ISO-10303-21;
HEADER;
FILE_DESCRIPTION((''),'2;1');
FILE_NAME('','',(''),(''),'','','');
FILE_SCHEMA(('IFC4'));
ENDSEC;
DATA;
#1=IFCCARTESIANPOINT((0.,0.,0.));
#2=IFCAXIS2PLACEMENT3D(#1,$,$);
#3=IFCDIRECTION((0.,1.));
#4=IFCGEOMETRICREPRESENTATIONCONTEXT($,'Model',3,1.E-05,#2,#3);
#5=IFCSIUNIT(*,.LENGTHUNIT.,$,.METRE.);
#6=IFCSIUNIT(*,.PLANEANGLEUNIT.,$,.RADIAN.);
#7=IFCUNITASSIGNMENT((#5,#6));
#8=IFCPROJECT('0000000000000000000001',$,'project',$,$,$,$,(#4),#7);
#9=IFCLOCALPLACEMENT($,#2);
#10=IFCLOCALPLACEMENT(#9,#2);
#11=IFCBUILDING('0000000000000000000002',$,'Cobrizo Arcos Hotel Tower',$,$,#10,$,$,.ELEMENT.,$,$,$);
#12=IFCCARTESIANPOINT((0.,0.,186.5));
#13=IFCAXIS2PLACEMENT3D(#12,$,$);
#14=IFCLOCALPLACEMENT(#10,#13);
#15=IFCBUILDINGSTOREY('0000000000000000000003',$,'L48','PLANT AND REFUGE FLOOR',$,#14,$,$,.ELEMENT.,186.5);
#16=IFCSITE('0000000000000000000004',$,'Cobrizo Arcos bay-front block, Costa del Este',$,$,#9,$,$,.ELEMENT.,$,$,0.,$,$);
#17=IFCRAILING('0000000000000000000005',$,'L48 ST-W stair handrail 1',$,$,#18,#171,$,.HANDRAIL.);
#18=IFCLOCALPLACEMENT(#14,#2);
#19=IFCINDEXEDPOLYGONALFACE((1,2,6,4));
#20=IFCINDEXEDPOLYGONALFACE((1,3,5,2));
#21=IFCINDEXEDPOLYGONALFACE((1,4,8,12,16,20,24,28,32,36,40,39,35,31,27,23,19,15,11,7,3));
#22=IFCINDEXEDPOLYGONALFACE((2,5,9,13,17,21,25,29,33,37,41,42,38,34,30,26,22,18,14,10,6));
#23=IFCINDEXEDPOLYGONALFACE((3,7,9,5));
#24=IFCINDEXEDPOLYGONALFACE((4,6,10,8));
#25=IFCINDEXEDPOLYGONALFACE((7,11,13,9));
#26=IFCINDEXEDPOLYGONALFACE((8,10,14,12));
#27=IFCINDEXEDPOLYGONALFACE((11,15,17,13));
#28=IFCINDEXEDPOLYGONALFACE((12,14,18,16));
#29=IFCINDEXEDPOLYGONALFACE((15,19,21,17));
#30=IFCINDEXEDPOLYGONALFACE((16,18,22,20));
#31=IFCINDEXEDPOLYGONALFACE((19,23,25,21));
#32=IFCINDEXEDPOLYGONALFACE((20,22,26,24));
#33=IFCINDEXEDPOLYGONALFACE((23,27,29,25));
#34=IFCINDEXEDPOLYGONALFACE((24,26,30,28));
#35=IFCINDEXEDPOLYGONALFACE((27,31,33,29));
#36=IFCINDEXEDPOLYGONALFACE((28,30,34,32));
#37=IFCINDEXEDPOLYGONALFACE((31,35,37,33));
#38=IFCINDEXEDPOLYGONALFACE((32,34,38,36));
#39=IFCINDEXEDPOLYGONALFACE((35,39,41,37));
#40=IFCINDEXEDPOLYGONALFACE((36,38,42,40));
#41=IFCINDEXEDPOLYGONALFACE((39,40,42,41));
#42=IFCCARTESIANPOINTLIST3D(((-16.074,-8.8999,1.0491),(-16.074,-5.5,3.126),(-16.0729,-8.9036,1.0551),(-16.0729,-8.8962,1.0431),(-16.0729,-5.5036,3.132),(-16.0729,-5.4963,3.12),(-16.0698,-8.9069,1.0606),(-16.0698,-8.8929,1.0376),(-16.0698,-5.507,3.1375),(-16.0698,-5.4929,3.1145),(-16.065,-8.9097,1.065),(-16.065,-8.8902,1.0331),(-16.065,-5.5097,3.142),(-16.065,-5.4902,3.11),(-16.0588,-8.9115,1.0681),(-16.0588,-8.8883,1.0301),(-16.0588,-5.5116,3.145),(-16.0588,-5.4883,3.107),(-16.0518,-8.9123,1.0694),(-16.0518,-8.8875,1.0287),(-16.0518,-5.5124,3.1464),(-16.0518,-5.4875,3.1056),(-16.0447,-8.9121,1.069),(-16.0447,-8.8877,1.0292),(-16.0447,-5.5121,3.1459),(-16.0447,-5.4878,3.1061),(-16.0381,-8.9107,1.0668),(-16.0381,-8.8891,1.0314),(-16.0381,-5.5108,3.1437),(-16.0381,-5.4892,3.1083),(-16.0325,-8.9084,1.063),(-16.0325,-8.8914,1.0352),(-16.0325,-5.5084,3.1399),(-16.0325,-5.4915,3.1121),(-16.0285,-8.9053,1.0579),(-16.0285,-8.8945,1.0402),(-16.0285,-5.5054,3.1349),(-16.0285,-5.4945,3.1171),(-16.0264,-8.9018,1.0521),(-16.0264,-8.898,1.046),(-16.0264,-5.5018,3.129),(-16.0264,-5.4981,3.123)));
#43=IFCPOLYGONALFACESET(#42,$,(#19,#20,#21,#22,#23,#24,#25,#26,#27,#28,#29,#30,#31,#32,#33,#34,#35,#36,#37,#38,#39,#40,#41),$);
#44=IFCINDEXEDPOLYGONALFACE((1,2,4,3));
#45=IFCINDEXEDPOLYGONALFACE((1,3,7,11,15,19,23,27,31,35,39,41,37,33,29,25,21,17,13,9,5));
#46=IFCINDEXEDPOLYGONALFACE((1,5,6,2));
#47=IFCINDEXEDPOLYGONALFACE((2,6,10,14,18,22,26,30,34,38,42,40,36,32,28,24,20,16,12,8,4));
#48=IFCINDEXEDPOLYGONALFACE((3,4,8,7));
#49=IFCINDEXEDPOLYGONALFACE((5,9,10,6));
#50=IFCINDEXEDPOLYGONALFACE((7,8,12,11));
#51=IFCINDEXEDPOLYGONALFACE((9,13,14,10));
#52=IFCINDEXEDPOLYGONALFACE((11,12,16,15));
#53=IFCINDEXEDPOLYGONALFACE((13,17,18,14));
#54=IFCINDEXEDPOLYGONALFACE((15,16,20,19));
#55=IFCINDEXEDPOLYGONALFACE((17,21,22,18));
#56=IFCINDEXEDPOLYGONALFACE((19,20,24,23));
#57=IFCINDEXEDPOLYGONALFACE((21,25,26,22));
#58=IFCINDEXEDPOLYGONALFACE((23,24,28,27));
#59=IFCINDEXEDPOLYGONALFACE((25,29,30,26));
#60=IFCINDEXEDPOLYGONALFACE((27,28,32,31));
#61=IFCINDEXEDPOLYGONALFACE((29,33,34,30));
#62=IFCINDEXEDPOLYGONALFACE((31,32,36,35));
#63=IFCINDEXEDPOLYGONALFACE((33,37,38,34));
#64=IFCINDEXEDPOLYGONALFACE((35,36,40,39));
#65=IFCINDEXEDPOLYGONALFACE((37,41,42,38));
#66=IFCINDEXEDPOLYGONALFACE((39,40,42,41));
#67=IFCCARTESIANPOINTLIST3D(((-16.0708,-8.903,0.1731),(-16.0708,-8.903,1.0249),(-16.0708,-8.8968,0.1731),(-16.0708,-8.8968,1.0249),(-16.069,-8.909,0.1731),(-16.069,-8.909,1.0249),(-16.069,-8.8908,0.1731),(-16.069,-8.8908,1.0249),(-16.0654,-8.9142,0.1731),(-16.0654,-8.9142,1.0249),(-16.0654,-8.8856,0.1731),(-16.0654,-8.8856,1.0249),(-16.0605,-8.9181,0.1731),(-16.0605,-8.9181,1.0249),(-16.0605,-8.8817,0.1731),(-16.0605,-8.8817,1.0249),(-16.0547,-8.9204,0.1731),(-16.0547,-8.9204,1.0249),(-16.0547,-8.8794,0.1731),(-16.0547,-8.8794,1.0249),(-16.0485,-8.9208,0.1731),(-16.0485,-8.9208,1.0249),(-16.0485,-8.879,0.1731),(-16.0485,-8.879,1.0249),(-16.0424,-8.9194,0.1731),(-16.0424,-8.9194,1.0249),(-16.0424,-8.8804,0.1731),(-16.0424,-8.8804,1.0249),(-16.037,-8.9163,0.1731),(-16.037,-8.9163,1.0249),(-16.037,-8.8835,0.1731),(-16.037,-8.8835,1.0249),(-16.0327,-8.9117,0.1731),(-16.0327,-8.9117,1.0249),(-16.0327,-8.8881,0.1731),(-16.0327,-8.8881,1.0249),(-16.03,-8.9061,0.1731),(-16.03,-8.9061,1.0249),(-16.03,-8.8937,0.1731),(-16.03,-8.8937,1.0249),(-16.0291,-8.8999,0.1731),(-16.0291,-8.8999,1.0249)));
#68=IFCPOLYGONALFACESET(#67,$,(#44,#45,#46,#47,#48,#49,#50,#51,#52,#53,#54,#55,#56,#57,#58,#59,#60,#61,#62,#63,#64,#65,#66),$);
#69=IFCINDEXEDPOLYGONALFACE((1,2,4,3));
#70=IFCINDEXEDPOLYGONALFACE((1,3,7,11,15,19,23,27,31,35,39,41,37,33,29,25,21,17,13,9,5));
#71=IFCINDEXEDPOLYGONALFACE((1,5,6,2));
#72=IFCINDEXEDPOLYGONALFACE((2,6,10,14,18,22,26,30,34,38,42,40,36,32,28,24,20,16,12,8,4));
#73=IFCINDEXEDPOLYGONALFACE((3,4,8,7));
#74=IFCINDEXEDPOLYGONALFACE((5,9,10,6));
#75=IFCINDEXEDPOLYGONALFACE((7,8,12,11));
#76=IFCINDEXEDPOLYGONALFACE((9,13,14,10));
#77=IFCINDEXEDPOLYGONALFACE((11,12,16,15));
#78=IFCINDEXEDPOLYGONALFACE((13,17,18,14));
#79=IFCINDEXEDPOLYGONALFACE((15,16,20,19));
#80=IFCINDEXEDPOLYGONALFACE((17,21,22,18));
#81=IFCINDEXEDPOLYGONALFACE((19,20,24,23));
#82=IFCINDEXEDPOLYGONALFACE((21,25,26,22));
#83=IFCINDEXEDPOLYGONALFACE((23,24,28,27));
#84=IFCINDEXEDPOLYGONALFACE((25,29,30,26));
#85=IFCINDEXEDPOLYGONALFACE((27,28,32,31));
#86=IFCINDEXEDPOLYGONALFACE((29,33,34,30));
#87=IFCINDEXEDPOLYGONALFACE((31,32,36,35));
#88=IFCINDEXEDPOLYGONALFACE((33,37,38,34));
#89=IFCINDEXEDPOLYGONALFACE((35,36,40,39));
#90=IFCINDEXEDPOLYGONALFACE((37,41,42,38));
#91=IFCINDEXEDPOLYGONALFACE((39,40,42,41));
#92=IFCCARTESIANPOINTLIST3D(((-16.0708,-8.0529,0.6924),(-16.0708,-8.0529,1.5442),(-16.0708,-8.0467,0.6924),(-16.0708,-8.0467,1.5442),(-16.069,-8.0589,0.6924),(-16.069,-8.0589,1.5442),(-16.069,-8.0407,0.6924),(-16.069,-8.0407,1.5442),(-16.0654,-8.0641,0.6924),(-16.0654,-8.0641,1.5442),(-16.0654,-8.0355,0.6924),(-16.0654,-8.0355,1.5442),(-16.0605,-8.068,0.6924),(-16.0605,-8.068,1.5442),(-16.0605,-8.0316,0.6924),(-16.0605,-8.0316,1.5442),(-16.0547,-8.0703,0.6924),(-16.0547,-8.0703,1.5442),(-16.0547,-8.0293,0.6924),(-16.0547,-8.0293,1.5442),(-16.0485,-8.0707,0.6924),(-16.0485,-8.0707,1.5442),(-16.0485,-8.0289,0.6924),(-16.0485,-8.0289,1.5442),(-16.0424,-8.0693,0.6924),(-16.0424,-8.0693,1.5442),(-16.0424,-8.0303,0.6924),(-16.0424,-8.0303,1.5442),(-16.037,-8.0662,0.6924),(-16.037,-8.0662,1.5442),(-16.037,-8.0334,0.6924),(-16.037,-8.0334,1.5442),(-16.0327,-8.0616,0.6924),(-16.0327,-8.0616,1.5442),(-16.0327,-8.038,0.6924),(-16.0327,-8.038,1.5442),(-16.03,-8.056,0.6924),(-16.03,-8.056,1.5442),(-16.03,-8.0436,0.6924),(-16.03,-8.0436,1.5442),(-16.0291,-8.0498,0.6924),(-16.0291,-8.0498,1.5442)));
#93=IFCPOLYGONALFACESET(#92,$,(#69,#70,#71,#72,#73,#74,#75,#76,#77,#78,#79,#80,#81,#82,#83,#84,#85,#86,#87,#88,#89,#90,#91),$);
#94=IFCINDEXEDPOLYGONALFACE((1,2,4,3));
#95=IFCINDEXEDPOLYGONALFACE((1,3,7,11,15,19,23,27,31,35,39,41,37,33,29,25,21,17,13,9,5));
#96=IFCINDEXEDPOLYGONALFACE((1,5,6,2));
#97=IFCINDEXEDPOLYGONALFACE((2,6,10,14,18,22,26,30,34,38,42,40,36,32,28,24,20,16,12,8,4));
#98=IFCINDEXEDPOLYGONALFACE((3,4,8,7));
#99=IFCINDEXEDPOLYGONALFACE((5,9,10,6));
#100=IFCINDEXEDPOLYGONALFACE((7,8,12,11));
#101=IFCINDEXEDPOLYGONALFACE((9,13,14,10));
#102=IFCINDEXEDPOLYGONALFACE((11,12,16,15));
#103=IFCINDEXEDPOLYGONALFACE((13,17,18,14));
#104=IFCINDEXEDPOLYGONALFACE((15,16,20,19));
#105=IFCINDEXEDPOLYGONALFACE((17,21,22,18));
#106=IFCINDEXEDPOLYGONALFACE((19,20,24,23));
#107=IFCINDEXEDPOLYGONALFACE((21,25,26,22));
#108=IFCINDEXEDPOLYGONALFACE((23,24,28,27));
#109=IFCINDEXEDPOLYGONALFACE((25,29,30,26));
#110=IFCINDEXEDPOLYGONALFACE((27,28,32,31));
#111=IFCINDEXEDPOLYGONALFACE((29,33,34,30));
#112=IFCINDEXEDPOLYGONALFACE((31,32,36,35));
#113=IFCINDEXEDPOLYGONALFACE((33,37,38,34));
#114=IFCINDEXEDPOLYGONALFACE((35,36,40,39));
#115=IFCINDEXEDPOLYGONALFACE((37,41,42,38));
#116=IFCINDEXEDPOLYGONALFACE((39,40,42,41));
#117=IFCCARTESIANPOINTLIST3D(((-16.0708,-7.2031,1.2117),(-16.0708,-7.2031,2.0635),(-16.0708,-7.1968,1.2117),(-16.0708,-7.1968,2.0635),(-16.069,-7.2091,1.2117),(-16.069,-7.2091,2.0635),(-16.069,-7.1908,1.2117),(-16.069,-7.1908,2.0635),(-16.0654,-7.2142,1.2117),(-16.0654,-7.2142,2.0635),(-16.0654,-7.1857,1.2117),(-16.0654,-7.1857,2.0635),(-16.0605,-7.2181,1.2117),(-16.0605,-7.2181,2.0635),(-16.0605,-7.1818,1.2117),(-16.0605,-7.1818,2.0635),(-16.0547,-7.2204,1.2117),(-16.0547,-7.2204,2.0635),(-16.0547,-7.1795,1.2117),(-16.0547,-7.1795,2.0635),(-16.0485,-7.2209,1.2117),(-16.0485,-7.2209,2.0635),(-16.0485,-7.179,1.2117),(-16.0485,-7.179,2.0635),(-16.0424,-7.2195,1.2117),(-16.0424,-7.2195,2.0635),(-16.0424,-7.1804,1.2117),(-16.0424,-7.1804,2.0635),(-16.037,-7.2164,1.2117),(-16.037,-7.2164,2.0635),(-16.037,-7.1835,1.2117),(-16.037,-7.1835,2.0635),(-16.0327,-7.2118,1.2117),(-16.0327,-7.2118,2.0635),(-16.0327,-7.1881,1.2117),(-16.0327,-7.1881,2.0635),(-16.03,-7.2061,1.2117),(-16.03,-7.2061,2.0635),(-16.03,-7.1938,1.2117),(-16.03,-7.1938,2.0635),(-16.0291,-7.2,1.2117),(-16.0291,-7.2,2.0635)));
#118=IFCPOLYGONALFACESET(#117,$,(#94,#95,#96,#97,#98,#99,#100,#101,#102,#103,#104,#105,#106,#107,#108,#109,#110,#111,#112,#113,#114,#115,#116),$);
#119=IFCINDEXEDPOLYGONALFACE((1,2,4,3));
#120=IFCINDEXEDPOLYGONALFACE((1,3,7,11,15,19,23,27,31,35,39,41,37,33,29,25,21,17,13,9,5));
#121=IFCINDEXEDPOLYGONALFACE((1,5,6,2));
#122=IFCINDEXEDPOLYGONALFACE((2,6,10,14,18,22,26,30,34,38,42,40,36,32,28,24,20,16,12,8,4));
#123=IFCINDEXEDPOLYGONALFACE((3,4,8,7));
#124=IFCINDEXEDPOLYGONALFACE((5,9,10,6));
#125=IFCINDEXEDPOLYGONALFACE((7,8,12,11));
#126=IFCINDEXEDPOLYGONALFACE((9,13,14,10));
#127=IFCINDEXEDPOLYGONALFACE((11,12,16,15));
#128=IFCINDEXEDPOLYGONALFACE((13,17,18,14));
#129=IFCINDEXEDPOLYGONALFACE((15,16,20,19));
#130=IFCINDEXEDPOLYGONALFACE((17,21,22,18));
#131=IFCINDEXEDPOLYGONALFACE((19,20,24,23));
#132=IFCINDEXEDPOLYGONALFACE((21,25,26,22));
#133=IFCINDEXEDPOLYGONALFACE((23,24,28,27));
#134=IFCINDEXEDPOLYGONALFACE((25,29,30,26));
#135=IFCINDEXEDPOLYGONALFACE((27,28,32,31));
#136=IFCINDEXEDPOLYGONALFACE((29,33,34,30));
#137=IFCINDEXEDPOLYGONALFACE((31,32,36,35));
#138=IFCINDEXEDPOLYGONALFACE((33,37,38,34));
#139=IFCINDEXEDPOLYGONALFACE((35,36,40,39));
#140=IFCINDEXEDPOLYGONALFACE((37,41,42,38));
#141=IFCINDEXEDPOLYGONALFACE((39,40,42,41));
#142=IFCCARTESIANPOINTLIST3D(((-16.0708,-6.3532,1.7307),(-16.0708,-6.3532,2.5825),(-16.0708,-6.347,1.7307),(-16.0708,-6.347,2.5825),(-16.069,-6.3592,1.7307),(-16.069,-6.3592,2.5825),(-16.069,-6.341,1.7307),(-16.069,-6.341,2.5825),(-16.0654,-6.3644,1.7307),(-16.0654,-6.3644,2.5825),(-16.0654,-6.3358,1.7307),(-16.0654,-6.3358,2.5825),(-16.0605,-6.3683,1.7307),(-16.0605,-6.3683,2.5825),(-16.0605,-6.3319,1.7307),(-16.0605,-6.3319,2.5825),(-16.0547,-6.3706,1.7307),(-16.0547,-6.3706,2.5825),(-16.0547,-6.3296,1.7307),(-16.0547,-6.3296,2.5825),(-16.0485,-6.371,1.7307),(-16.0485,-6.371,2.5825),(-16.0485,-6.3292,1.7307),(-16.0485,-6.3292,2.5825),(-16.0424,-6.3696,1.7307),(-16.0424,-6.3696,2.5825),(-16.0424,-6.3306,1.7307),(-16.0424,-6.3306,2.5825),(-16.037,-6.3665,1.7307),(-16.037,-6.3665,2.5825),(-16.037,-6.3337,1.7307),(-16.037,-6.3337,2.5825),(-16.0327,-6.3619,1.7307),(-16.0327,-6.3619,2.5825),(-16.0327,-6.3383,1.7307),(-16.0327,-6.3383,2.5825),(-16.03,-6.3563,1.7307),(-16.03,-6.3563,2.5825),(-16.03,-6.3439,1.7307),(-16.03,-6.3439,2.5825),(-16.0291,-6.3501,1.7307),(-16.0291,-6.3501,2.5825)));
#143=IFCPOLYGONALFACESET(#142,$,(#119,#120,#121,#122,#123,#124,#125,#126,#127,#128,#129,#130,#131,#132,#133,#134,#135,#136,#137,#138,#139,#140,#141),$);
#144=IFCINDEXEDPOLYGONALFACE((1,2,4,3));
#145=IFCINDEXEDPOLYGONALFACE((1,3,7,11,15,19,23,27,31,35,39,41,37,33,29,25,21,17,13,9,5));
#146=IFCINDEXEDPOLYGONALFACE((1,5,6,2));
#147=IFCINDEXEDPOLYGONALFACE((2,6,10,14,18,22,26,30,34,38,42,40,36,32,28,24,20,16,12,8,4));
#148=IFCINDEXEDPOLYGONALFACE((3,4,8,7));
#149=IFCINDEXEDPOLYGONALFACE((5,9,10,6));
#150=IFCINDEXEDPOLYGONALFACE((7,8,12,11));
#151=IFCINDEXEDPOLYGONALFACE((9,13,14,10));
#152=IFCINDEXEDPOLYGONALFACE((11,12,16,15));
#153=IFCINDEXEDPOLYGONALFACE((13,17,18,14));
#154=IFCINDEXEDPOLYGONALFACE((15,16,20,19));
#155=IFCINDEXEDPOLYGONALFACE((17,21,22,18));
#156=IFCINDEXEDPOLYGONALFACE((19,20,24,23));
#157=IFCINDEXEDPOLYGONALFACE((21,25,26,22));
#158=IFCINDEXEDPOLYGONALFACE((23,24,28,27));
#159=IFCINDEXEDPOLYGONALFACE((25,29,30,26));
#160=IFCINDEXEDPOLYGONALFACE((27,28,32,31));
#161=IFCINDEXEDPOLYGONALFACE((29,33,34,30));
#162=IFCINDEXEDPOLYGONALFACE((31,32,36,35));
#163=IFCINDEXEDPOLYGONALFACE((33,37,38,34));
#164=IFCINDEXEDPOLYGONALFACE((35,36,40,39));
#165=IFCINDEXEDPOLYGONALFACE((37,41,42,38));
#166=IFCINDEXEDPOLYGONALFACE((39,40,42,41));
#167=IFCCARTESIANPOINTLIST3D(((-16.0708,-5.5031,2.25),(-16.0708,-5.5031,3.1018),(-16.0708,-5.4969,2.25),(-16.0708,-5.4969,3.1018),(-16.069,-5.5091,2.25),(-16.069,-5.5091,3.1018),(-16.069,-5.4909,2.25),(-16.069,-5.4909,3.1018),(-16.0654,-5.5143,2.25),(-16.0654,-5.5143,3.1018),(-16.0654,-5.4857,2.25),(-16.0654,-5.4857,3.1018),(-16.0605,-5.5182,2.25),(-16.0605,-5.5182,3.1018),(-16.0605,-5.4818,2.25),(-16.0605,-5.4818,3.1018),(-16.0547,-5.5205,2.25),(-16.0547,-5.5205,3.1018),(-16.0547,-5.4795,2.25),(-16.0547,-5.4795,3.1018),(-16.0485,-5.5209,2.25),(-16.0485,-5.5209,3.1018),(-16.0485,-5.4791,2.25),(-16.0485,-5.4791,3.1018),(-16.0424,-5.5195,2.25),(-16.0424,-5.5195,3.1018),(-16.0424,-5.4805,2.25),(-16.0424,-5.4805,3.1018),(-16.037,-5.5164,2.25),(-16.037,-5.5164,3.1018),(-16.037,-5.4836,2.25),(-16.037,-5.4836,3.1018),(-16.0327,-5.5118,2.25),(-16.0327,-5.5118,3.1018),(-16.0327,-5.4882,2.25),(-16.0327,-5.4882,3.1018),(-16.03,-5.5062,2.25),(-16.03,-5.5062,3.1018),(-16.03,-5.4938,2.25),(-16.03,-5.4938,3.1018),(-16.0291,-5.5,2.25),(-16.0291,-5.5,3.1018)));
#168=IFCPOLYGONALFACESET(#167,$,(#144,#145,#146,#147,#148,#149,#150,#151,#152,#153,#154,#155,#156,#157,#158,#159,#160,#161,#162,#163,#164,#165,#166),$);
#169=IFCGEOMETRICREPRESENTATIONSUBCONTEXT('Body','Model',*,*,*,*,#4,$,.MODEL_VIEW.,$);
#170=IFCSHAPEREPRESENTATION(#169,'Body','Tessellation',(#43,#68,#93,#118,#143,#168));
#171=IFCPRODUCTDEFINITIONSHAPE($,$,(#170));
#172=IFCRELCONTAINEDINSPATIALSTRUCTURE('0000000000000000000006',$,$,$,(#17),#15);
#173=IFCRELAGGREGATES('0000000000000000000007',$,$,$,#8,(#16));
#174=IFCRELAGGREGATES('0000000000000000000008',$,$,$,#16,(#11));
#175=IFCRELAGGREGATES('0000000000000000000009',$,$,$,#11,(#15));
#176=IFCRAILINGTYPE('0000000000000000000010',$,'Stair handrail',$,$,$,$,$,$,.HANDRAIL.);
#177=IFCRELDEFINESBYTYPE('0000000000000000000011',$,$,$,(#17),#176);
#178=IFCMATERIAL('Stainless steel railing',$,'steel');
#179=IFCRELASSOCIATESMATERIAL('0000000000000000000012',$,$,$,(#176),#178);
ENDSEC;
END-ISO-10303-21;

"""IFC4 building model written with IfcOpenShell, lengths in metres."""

from ifc_helpers import new_model, si_unit, direction, frame, origin, origin_2d, place, context, subcontext, project, spatial, circle, extrude, material, type_object, element, save


model = new_model("IFC4")

# Units and contexts
model_context = context("Model", 3, precision=1e-05, world=origin(), true_north=direction((0.0, 1.0)))
body_context = subcontext(model_context, "Body", "Model", "MODEL_VIEW")
ifc_project = project(units=[si_unit("LENGTHUNIT", "METRE"), si_unit("PLANEANGLEUNIT", "RADIAN")], contexts=[model_context])

# Site, building, storey
site_placement = place(None, origin())
site = spatial("IfcSite", under=ifc_project, at=site_placement, Name="Cobrizo Arcos bay-front block, Costa del Este", CompositionType="ELEMENT", RefElevation=0.0)
building_placement = place(site_placement, origin())
building = spatial("IfcBuilding", under=site, at=building_placement, Name="Cobrizo Arcos Hotel Tower", CompositionType="ELEMENT")
storey_placement = place(building_placement, frame((0.0, 0.0, 186.5)))
storey = spatial("IfcBuildingStorey", under=building, at=storey_placement, Name="L48", Description="PLANT AND REFUGE FLOOR", CompositionType="ELEMENT", Elevation=186.5)

# Railing
ifc_material_1 = material(Name="Stainless steel railing", Category="steel")
railing_type_1 = type_object("IfcRailingType", Name="Stair handrail", PredefinedType="HANDRAIL", material=ifc_material_1)
railing_1_placement = place(storey_placement, frame((-16.05, -8.8999, 0.1731)))
element("IfcRailing", 1, at=railing_1_placement, inside=storey, type_object=railing_type_1, Name="L48 ST-W stair handrail 1", PredefinedType="HANDRAIL", context=body_context, shape_type="SweptSolid", body=[
    extrude(circle(Radius=0.0239, at=origin_2d()), frame((0.0, 0.0, 0.876), z_axis=(0.0, 0.853373, 0.521301), x_axis=(-1.0, 0.0, 0.0)), (0.0, 0.0, 1.0), 3.9841),
    extrude(circle(Radius=0.021, at=origin_2d()), origin(), (0.0, 0.0, 1.0), 0.8518),
    extrude(circle(Radius=0.021, at=origin_2d()), frame((0.0, 0.8501, 0.5193)), (0.0, 0.0, 1.0), 0.8518),
    extrude(circle(Radius=0.021, at=origin_2d()), frame((0.0, 1.7, 1.0386)), (0.0, 0.0, 1.0), 0.8518),
    extrude(circle(Radius=0.021, at=origin_2d()), frame((0.0, 2.5498, 1.5576)), (0.0, 0.0, 1.0), 0.8518),
    extrude(circle(Radius=0.021, at=origin_2d()), frame((0.0, 3.3999, 2.0769)), (0.0, 0.0, 1.0), 0.8518),
])

save(model, "model.ifc")
